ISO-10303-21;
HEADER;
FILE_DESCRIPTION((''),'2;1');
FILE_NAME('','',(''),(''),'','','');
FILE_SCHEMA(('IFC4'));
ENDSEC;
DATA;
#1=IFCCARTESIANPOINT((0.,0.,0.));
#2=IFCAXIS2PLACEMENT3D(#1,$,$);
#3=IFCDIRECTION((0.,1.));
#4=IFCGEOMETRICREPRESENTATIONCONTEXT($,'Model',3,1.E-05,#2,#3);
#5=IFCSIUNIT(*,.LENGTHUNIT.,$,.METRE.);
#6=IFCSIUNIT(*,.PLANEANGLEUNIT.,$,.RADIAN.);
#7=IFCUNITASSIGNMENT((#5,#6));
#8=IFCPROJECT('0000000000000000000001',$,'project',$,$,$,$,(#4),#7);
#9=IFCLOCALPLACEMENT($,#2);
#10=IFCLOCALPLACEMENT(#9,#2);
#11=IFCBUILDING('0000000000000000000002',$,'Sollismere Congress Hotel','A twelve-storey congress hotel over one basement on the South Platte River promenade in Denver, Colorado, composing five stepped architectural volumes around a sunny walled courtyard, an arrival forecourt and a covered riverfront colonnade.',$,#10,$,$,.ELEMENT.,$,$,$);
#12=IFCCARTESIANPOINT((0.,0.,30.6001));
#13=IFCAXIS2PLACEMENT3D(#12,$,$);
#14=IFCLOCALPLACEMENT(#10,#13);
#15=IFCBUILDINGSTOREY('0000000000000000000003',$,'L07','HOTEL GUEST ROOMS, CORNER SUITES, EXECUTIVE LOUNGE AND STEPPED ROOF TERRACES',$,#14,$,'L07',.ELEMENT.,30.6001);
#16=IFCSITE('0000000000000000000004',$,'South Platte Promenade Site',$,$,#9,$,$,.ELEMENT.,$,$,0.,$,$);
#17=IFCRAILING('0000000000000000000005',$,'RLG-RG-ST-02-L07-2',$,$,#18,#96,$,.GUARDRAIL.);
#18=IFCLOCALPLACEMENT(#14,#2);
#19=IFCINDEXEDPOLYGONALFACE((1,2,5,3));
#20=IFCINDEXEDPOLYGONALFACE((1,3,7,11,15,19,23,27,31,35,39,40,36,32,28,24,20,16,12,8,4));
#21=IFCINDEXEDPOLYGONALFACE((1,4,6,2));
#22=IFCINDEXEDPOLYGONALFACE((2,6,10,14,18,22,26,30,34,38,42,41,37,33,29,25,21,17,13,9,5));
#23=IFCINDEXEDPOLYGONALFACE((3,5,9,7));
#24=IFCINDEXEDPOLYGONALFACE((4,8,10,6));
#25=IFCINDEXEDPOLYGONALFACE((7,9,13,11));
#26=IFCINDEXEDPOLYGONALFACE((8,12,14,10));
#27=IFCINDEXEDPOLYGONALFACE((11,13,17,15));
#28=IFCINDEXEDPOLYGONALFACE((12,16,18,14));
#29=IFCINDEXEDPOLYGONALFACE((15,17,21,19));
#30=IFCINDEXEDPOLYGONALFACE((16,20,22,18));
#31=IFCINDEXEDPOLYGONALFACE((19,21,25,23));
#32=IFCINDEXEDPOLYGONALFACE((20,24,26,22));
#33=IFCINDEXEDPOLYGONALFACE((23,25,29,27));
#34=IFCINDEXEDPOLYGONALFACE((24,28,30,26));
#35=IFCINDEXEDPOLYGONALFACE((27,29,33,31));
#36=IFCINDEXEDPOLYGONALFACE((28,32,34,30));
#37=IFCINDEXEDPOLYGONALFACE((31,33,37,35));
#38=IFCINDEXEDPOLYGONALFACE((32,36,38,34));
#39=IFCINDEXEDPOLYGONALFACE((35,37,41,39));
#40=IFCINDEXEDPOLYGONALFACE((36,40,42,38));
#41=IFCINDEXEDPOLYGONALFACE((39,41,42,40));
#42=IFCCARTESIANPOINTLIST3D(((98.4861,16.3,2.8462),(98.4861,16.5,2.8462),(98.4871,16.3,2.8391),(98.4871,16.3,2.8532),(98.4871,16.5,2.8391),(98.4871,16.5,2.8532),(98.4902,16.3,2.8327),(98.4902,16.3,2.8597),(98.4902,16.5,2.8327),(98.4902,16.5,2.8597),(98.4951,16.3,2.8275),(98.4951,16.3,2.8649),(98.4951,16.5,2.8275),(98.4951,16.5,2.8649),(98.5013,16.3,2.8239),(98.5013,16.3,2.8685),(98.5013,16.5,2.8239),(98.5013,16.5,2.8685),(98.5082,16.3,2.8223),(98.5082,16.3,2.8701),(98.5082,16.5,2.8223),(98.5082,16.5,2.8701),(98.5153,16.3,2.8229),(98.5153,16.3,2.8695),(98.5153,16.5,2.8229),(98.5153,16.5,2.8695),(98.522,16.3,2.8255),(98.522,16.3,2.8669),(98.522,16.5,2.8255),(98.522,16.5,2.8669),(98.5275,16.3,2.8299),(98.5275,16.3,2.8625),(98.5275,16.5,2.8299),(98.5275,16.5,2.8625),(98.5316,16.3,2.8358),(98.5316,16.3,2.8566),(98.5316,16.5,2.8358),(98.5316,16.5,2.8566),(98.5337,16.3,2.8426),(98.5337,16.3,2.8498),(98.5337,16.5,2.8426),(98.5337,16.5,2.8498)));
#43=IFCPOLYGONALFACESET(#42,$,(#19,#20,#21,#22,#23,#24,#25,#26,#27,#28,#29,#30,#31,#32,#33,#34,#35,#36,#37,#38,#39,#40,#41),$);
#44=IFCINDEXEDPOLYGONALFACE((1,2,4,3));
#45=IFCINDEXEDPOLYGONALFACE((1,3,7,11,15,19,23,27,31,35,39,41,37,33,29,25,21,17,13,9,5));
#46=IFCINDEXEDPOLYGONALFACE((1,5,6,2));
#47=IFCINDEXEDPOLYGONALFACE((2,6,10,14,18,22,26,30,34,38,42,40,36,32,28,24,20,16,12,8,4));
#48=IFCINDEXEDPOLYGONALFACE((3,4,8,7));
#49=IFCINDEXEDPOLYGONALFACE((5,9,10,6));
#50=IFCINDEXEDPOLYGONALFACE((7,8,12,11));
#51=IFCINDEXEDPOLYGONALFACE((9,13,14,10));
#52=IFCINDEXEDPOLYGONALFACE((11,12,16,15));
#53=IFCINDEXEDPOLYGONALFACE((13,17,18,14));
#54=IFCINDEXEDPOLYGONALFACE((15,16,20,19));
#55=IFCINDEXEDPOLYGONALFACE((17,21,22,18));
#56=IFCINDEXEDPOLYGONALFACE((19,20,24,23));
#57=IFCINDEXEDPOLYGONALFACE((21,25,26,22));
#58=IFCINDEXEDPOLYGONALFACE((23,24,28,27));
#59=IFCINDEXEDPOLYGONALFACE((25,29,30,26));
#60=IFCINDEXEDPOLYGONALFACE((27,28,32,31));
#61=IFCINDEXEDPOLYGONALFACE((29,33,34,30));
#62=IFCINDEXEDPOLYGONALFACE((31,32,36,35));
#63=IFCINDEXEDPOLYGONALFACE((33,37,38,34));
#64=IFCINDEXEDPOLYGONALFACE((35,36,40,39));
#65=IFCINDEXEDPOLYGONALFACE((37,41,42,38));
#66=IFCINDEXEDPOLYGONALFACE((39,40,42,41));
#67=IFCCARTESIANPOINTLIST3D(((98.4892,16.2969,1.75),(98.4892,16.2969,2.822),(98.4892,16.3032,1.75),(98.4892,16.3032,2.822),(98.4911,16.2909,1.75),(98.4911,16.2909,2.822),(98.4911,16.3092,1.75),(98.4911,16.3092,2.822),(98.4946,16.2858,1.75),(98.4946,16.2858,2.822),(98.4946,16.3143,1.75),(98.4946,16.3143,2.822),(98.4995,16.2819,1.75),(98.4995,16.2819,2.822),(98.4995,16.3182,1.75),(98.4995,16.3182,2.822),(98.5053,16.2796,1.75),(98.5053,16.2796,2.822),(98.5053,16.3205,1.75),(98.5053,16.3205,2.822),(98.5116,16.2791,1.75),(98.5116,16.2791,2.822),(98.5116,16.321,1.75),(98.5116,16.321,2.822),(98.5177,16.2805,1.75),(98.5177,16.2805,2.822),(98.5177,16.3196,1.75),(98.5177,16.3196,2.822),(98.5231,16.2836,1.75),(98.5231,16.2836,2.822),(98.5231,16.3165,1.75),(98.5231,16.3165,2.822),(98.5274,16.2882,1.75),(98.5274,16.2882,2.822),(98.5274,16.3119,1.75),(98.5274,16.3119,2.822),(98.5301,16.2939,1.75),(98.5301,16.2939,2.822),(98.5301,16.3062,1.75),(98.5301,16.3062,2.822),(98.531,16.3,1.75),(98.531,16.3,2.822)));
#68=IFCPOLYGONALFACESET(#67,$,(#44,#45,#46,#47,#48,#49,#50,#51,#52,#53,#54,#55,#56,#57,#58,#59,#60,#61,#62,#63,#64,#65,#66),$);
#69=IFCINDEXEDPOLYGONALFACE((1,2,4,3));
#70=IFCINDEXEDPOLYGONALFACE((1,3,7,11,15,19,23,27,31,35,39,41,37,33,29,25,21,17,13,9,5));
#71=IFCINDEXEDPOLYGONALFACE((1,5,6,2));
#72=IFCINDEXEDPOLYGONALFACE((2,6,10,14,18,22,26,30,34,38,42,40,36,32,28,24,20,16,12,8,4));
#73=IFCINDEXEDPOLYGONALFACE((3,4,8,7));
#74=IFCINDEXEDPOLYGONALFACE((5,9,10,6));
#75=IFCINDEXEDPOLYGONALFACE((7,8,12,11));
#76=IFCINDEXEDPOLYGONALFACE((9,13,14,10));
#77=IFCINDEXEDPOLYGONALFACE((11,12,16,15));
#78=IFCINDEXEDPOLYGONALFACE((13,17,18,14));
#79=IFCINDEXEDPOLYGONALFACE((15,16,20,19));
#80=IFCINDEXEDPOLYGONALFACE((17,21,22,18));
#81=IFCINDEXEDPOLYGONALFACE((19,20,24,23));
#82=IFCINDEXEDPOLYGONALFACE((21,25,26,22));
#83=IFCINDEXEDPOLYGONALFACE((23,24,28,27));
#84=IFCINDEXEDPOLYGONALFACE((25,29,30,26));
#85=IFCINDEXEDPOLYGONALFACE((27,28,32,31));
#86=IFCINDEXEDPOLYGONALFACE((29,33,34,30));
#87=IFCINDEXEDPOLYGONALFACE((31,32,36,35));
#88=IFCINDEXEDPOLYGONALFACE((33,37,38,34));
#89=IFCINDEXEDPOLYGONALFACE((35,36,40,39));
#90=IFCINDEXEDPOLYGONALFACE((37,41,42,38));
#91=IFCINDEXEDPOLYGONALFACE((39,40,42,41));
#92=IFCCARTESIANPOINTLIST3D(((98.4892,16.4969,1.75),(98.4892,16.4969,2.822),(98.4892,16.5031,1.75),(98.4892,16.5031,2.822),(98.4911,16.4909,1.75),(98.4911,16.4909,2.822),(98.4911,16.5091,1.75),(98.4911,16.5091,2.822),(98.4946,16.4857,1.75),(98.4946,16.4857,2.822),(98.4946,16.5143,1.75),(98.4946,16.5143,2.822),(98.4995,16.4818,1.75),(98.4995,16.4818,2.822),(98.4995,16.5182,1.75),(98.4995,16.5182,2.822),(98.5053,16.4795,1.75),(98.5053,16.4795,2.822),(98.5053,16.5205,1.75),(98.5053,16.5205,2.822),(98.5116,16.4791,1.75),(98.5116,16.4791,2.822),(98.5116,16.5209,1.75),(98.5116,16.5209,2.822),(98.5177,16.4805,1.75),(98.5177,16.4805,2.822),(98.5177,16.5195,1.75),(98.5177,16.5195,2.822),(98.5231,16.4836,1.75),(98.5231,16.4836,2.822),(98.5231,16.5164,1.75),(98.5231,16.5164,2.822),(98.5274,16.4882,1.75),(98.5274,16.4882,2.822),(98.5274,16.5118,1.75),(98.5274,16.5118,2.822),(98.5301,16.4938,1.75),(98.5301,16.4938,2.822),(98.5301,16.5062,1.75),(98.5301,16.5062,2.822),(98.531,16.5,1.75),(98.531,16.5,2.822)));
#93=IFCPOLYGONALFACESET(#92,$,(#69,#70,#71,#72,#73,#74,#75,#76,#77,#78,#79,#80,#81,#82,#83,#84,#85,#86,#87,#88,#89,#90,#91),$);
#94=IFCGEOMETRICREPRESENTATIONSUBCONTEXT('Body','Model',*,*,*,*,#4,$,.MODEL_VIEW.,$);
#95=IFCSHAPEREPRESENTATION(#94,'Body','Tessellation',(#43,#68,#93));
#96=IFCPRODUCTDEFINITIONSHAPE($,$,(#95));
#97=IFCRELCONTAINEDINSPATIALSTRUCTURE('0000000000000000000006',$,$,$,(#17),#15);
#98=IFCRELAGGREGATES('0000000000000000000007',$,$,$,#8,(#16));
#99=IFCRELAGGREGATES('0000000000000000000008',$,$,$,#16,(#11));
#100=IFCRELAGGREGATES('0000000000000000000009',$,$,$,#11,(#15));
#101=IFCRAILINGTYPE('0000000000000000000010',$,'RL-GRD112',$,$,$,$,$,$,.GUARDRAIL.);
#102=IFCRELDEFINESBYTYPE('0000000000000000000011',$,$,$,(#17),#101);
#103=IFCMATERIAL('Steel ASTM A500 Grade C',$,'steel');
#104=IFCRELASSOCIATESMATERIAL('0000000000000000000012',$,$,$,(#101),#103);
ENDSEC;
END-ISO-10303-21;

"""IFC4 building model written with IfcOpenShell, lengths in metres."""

from ifc_helpers import new_model, si_unit, direction, frame, origin, origin_2d, place, context, subcontext, project, spatial, circle, extrude, material, type_object, element, save


model = new_model("IFC4")

# Units and contexts
model_context = context("Model", 3, precision=1e-05, world=origin(), true_north=direction((0.0, 1.0)))
body_context = subcontext(model_context, "Body", "Model", "MODEL_VIEW")
ifc_project = project(units=[si_unit("LENGTHUNIT", "METRE"), si_unit("PLANEANGLEUNIT", "RADIAN")], contexts=[model_context])

# Site, building, storey
site_placement = place(None, origin())
site = spatial("IfcSite", under=ifc_project, at=site_placement, Name="South Platte Promenade Site", CompositionType="ELEMENT", RefElevation=0.0)
building_placement = place(site_placement, origin())
building = spatial("IfcBuilding", under=site, at=building_placement, Name="Sollismere Congress Hotel", Description="A twelve-storey congress hotel over one basement on the South Platte River promenade in Denver, Colorado, composing five stepped architectural volumes around a sunny walled courtyard, an arrival forecourt and a covered riverfront colonnade.", CompositionType="ELEMENT")
storey_placement = place(building_placement, frame((0.0, 0.0, 30.6001)))
storey = spatial("IfcBuildingStorey", under=building, at=storey_placement, Name="L07", Description="HOTEL GUEST ROOMS, CORNER SUITES, EXECUTIVE LOUNGE AND STEPPED ROOF TERRACES", LongName="L07", CompositionType="ELEMENT", Elevation=30.6001)

# Shared definitions
ifc_material_1 = material(Name="Steel ASTM A500 Grade C", Category="steel")

# Railing
railing_type_1 = type_object("IfcRailingType", Name="RL-GRD112", PredefinedType="GUARDRAIL", material=ifc_material_1)
railing_1_placement = place(storey_placement, frame((98.51, 16.3, 1.75)))
element("IfcRailing", 1, at=railing_1_placement, inside=storey, type_object=railing_type_1, Name="RLG-RG-ST-02-L07-2", PredefinedType="GUARDRAIL", context=body_context, shape_type="SweptSolid", body=[
    extrude(circle(Radius=0.0239, at=origin_2d()), frame((0.0, 0.0, 1.0962), z_axis=(0.0, 1.0, 0.0), x_axis=(-1.0, 0.0, 0.0)), (0.0, 0.0, 1.0), 0.2),
    extrude(circle(Radius=0.021, at=origin_2d()), origin(), (0.0, 0.0, 1.0), 1.072),
    extrude(circle(Radius=0.021, at=origin_2d()), frame((0.0, 0.2, 0.0)), (0.0, 0.0, 1.0), 1.072),
])

save(model, "model.ifc")
